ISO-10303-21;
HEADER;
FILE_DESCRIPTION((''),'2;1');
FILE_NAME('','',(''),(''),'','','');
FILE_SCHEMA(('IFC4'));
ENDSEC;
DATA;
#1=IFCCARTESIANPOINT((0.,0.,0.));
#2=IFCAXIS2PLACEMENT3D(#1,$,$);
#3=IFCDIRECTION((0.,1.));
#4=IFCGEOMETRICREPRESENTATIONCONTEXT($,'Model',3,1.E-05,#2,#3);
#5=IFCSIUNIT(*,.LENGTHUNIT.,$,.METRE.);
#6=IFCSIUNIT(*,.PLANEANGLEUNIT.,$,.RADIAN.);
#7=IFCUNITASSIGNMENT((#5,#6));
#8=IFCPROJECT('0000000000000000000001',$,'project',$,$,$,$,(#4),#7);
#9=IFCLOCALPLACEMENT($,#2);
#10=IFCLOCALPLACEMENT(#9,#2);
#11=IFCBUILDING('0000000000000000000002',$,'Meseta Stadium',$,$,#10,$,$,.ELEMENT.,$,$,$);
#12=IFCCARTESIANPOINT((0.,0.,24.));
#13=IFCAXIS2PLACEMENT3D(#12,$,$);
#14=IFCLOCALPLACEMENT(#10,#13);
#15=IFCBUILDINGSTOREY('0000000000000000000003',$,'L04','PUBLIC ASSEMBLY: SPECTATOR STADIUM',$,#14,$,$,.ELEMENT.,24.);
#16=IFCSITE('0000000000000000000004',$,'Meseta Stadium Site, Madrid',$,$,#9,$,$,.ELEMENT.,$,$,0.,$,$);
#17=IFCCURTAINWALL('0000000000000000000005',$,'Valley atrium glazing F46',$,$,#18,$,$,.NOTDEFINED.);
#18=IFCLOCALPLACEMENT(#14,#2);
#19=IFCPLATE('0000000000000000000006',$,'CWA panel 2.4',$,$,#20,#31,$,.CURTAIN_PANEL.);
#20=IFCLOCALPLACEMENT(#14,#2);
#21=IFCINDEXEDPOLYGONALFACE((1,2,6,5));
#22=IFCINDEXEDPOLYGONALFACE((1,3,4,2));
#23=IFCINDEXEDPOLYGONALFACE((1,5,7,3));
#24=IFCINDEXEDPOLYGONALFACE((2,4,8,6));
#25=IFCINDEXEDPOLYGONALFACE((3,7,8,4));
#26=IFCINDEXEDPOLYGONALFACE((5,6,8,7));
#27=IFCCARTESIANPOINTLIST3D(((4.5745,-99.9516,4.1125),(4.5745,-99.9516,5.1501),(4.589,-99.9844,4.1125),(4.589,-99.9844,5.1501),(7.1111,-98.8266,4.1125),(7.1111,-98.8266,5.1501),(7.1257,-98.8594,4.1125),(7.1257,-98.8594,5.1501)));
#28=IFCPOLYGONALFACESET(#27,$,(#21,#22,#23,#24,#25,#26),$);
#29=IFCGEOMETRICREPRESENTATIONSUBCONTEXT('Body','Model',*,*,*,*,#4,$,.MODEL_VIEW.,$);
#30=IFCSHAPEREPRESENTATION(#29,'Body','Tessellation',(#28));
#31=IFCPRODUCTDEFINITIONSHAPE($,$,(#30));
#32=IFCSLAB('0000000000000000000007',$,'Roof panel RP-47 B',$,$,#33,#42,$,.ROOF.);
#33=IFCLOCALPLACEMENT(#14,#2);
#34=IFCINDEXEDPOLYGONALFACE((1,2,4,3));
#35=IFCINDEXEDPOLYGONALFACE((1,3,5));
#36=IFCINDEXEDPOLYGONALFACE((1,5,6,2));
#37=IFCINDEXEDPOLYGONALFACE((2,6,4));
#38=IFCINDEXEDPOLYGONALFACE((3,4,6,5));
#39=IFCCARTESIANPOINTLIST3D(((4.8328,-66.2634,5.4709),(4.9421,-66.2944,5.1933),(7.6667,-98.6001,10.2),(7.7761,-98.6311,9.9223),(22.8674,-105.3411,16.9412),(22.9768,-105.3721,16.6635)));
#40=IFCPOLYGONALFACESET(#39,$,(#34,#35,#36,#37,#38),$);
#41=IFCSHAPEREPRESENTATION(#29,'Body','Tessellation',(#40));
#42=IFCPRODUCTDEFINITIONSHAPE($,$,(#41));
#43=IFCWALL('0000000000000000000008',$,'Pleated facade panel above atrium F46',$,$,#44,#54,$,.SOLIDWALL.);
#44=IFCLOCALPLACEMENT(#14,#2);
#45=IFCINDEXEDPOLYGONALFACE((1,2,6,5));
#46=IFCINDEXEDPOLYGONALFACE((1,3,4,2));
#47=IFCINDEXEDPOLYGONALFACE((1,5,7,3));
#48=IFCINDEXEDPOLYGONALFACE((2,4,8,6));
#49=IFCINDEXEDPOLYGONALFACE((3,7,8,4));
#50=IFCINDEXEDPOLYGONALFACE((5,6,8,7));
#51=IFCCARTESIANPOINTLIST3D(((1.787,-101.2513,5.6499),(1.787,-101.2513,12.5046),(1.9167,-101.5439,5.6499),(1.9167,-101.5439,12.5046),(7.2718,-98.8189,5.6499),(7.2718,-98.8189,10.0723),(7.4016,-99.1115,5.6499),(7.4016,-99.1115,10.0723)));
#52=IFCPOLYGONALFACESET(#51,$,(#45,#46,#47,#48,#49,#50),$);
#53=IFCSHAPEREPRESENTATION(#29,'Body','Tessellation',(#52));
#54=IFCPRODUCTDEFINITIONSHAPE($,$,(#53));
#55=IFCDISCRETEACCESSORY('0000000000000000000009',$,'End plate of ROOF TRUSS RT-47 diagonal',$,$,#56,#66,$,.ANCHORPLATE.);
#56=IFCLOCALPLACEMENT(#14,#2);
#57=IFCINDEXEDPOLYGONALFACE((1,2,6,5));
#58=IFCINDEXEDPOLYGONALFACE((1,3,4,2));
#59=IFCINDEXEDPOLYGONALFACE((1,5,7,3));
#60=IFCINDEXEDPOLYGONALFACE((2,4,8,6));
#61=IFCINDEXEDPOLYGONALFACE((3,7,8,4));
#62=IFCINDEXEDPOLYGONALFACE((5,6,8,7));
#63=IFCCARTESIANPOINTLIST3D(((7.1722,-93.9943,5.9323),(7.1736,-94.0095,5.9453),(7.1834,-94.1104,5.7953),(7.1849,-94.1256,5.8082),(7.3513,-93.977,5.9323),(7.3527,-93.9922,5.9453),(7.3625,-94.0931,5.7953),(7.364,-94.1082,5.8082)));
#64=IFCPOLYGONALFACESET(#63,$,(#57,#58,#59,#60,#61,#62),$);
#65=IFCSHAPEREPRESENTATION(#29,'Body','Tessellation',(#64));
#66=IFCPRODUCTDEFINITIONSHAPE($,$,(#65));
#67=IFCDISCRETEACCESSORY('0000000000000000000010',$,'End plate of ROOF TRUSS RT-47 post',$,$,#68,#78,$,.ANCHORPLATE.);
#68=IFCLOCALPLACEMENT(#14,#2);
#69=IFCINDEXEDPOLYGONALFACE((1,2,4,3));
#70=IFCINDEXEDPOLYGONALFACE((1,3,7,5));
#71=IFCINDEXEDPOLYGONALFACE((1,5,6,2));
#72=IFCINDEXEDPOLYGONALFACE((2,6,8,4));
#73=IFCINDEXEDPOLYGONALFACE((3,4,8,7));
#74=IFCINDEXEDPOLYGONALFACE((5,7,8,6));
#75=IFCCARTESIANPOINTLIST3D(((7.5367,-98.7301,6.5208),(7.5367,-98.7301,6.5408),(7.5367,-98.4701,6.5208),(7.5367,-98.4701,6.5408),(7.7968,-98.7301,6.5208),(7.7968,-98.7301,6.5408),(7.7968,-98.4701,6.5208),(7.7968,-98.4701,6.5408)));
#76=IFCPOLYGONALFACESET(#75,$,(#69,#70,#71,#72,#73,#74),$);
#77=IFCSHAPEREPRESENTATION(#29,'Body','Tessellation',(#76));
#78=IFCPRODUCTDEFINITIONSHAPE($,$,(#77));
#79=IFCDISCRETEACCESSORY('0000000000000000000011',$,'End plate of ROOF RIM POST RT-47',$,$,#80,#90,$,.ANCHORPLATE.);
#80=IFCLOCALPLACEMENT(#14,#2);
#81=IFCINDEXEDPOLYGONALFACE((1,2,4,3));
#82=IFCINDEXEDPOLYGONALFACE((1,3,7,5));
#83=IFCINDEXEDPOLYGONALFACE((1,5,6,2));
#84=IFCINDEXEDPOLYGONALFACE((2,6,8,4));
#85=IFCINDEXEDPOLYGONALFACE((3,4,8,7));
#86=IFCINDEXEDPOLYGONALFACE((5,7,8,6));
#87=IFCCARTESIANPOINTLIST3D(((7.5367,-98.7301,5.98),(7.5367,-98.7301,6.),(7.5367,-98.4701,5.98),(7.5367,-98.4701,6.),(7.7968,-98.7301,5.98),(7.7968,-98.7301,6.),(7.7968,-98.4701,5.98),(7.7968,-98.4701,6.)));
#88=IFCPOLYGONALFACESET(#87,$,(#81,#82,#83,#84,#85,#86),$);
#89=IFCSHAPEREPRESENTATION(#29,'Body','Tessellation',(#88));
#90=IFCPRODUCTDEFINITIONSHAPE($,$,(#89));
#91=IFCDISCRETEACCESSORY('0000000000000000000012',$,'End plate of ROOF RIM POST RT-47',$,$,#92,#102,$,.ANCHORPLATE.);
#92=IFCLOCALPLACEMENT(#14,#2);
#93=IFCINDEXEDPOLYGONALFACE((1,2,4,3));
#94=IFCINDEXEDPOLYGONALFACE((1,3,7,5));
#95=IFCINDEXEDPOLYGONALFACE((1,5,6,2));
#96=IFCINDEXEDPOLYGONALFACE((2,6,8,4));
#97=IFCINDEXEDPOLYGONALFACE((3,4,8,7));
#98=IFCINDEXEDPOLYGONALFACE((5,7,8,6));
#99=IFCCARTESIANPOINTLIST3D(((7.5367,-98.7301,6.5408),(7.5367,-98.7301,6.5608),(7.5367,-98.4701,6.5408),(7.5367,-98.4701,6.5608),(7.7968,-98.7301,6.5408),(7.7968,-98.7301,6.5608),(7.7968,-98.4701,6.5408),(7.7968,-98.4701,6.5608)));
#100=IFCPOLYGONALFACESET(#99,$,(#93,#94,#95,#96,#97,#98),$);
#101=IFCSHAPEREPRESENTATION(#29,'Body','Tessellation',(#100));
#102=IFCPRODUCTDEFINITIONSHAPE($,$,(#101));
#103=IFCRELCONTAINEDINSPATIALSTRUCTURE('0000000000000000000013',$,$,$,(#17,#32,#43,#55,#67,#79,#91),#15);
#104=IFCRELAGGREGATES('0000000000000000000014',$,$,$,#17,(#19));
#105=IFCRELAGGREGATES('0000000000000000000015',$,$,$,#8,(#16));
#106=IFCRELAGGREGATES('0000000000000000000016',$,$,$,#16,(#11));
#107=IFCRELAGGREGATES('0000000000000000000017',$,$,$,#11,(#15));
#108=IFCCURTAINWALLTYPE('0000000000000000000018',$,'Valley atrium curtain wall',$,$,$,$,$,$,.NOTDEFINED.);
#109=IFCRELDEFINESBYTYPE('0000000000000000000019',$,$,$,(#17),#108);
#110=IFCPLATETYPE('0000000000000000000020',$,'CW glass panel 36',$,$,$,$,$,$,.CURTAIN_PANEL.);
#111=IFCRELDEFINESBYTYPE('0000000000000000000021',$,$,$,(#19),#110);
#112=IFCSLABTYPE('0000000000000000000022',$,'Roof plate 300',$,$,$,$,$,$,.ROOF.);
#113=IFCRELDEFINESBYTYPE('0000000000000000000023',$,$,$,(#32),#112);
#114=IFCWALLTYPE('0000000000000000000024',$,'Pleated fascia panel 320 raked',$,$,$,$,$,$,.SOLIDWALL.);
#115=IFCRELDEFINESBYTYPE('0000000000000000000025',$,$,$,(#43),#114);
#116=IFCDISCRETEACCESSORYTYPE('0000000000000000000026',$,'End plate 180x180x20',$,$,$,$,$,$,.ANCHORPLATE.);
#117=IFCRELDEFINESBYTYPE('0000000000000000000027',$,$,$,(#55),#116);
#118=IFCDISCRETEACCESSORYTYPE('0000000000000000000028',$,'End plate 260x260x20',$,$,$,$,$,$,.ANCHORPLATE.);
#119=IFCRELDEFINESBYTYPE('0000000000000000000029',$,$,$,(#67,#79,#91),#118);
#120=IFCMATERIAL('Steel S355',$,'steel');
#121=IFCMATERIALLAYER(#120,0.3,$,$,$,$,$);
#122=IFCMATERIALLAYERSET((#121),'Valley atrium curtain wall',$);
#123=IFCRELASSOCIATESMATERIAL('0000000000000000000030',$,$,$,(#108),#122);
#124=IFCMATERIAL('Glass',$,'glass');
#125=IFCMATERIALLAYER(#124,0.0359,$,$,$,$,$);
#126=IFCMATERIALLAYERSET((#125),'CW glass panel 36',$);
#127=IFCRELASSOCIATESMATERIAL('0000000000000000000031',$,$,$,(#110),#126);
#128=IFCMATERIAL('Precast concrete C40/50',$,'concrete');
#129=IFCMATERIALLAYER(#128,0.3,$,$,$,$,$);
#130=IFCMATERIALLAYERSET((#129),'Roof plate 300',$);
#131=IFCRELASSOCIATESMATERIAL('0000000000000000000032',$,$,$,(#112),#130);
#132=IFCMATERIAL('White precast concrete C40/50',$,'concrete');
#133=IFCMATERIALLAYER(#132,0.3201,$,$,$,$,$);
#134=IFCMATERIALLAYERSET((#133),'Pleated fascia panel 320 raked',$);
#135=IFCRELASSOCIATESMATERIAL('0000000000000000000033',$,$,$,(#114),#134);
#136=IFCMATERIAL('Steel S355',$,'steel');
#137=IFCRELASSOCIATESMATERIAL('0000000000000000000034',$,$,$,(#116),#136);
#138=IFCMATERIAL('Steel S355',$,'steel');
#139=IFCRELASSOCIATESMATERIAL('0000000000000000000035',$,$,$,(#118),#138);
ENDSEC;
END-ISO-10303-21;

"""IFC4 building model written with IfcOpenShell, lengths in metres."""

from ifc_helpers import new_model, si_unit, direction, frame, origin, origin_2d, place, context, subcontext, project, spatial, polyline, rectangle, outline, extrude, material, layer, layer_set, material_profile, profile_set, type_object, element, aggregate, save


model = new_model("IFC4")

# Units and contexts
model_context = context("Model", 3, precision=1e-05, world=origin(), true_north=direction((0.0, 1.0)))
body_context = subcontext(model_context, "Body", "Model", "MODEL_VIEW")
ifc_project = project(units=[si_unit("LENGTHUNIT", "METRE"), si_unit("PLANEANGLEUNIT", "RADIAN")], contexts=[model_context])

# Site, building, storey
site_placement = place(None, origin())
site = spatial("IfcSite", under=ifc_project, at=site_placement, Name="Meseta Stadium Site, Madrid", CompositionType="ELEMENT", RefElevation=0.0)
building_placement = place(site_placement, origin())
building = spatial("IfcBuilding", under=site, at=building_placement, Name="Meseta Stadium", CompositionType="ELEMENT")
storey_placement = place(building_placement, frame((0.0, 0.0, 24.0)))
storey = spatial("IfcBuildingStorey", under=building, at=storey_placement, Name="L04", Description="PUBLIC ASSEMBLY: SPECTATOR STADIUM", CompositionType="ELEMENT", Elevation=24.0)

# Curtain wall
ifc_material_1 = material(Name="Steel S355", Category="steel")
ifc_layer_1 = layer(ifc_material_1, 0.3)
ifc_layer_set_1 = layer_set([ifc_layer_1], Name="Valley atrium curtain wall")
curtain_wall_type = type_object("IfcCurtainWallType", Name="Valley atrium curtain wall", PredefinedType="NOTDEFINED", material=ifc_layer_set_1)
curtain_wall_placement = place(storey_placement, origin())
curtain_wall = element("IfcCurtainWall", 1, at=curtain_wall_placement, inside=storey, type_object=curtain_wall_type, Name="Valley atrium glazing F46", PredefinedType="NOTDEFINED")

# Plate
ifc_material_2 = material(Name="Glass", Category="glass")
ifc_layer_2 = layer(ifc_material_2, 0.0359)
ifc_layer_set_2 = layer_set([ifc_layer_2], Name="CW glass panel 36")
plate_type_1 = type_object("IfcPlateType", Name="CW glass panel 36", PredefinedType="CURTAIN_PANEL", material=ifc_layer_set_2)
plate_1_placement = place(storey_placement, frame((5.8501, -99.4055, 4.1125), z_axis=(0.0, 0.0, 1.0), x_axis=(0.914139, 0.405401, 0.0)))
plate_1 = element("IfcPlate", 2, at=plate_1_placement, type_object=plate_type_1, Name="CWA panel 2.4", PredefinedType="CURTAIN_PANEL", context=body_context, shape_type="SweptSolid", body=[
    extrude(rectangle(XDim=2.7749, YDim=0.0359, at=origin_2d()), origin(), (0.0, 0.0, 1.0), 1.0376),
])
aggregate(curtain_wall, [plate_1])

# Slab
ifc_material_3 = material(Name="Precast concrete C40/50", Category="concrete")
ifc_layer_3 = layer(ifc_material_3, 0.3)
ifc_layer_set_3 = layer_set([ifc_layer_3], Name="Roof plate 300")
slab_type = type_object("IfcSlabType", Name="Roof plate 300", PredefinedType="ROOF", material=ifc_layer_set_3)
slab_placement = place(storey_placement, frame((7.6667, -98.6001, 10.2), z_axis=(-0.364559, 0.103386, 0.925423), x_axis=(-0.086393, 0.985776, -0.144163)))
element("IfcSlab", 3, at=slab_placement, inside=storey, type_object=slab_type, Name="Roof panel RP-47 B", PredefinedType="ROOF", context=body_context, shape_type="SweptSolid", body=[
    extrude(outline(polyline([(0.0, 0.0), (32.8033, 0.0), (-8.9301, -15.5627), (0.0, 0.0)])), origin(), (0.0, 0.0, -1.0), 0.3),
])

# Wall
ifc_material_4 = material(Name="White precast concrete C40/50", Category="concrete")
ifc_layer_4 = layer(ifc_material_4, 0.3201)
ifc_layer_set_4 = layer_set([ifc_layer_4], Name="Pleated fascia panel 320 raked")
wall_type = type_object("IfcWallType", Name="Pleated fascia panel 320 raked", PredefinedType="SOLIDWALL", material=ifc_layer_set_4)
wall_placement = place(storey_placement, frame((7.3367, -98.9651, 5.6499), z_axis=(0.0, 0.0, 1.0), x_axis=(-0.914142, -0.405395, 0.0)))
element("IfcWall", 4, at=wall_placement, inside=storey, type_object=wall_type, Name="Pleated facade panel above atrium F46", PredefinedType="SOLIDWALL", context=body_context, shape_type="SweptSolid", body=[
    extrude(outline(polyline([(0.0, 0.0), (6.0, 0.0), (6.0, 6.8547), (0.0, 4.4224), (0.0, 0.0)])), frame((0.0, 0.1602, 0.0), z_axis=(0.0, -1.0, 0.0), x_axis=(1.0, 0.0, 0.0)), (0.0, 0.0, 1.0), 0.3201),
])

# Discrete accessories
ifc_material_5 = material(Name="Steel S355", Category="steel")
ifc_material_profile_1 = material_profile(ifc_material_5, rectangle(XDim=0.1799, YDim=0.1799, at=origin_2d()), Name="PL 180x180")
ifc_profile_set_1 = profile_set([ifc_material_profile_1], Name="Steel S355")
discrete_accessory_type_1 = type_object("IfcDiscreteAccessoryType", Name="End plate 180x180x20", PredefinedType="ANCHORPLATE", material=ifc_profile_set_1)
discrete_accessory_placement = place(storey_placement, frame((7.2673, -94.0437, 5.8638), z_axis=(0.073362, -0.758073, 0.64803), x_axis=(0.99535, 0.096324, 0.0)))
element("IfcDiscreteAccessory", 5, at=discrete_accessory_placement, inside=storey, type_object=discrete_accessory_type_1, Name="End plate of ROOF TRUSS RT-47 diagonal", PredefinedType="ANCHORPLATE", context=body_context, shape_type="SweptSolid", body=[
    extrude(rectangle(XDim=0.1799, YDim=0.1799, at=origin_2d()), origin(), (0.0, 0.0, 1.0), 0.02),
])
ifc_material_6 = material(Name="Steel S355", Category="steel")
ifc_material_profile_2 = material_profile(ifc_material_6, rectangle(XDim=0.26, YDim=0.26, at=origin_2d()), Name="PL 260x260")
ifc_profile_set_2 = profile_set([ifc_material_profile_2], Name="Steel S355")
discrete_accessory_type_2 = type_object("IfcDiscreteAccessoryType", Name="End plate 260x260x20", PredefinedType="ANCHORPLATE", material=ifc_profile_set_2)
for number, where, z_axis, x_axis, name in (
    (6, (7.6667, -98.6001, 6.5208), (0.0, 0.0, 1.0), (1.0, 0.0, 0.0), "End plate of ROOF TRUSS RT-47 post"),
    (7, (7.6667, -98.6001, 5.98), (0.0, 0.0, 1.0), (1.0, 0.0, 0.0), "End plate of ROOF RIM POST RT-47"),
    (8, (7.6667, -98.6001, 6.5408), (0.0, 0.0, 1.0), (1.0, 0.0, 0.0), "End plate of ROOF RIM POST RT-47"),
):
    element("IfcDiscreteAccessory", number, at=place(storey_placement, frame(where, z_axis=z_axis, x_axis=x_axis)), inside=storey, type_object=discrete_accessory_type_2, Name=name, PredefinedType="ANCHORPLATE", context=body_context, shape_type="SweptSolid", body=[
        extrude(rectangle(XDim=0.26, YDim=0.26, at=origin_2d()), origin(), (0.0, 0.0, 1.0), 0.02),
    ])

save(model, "model.ifc")
